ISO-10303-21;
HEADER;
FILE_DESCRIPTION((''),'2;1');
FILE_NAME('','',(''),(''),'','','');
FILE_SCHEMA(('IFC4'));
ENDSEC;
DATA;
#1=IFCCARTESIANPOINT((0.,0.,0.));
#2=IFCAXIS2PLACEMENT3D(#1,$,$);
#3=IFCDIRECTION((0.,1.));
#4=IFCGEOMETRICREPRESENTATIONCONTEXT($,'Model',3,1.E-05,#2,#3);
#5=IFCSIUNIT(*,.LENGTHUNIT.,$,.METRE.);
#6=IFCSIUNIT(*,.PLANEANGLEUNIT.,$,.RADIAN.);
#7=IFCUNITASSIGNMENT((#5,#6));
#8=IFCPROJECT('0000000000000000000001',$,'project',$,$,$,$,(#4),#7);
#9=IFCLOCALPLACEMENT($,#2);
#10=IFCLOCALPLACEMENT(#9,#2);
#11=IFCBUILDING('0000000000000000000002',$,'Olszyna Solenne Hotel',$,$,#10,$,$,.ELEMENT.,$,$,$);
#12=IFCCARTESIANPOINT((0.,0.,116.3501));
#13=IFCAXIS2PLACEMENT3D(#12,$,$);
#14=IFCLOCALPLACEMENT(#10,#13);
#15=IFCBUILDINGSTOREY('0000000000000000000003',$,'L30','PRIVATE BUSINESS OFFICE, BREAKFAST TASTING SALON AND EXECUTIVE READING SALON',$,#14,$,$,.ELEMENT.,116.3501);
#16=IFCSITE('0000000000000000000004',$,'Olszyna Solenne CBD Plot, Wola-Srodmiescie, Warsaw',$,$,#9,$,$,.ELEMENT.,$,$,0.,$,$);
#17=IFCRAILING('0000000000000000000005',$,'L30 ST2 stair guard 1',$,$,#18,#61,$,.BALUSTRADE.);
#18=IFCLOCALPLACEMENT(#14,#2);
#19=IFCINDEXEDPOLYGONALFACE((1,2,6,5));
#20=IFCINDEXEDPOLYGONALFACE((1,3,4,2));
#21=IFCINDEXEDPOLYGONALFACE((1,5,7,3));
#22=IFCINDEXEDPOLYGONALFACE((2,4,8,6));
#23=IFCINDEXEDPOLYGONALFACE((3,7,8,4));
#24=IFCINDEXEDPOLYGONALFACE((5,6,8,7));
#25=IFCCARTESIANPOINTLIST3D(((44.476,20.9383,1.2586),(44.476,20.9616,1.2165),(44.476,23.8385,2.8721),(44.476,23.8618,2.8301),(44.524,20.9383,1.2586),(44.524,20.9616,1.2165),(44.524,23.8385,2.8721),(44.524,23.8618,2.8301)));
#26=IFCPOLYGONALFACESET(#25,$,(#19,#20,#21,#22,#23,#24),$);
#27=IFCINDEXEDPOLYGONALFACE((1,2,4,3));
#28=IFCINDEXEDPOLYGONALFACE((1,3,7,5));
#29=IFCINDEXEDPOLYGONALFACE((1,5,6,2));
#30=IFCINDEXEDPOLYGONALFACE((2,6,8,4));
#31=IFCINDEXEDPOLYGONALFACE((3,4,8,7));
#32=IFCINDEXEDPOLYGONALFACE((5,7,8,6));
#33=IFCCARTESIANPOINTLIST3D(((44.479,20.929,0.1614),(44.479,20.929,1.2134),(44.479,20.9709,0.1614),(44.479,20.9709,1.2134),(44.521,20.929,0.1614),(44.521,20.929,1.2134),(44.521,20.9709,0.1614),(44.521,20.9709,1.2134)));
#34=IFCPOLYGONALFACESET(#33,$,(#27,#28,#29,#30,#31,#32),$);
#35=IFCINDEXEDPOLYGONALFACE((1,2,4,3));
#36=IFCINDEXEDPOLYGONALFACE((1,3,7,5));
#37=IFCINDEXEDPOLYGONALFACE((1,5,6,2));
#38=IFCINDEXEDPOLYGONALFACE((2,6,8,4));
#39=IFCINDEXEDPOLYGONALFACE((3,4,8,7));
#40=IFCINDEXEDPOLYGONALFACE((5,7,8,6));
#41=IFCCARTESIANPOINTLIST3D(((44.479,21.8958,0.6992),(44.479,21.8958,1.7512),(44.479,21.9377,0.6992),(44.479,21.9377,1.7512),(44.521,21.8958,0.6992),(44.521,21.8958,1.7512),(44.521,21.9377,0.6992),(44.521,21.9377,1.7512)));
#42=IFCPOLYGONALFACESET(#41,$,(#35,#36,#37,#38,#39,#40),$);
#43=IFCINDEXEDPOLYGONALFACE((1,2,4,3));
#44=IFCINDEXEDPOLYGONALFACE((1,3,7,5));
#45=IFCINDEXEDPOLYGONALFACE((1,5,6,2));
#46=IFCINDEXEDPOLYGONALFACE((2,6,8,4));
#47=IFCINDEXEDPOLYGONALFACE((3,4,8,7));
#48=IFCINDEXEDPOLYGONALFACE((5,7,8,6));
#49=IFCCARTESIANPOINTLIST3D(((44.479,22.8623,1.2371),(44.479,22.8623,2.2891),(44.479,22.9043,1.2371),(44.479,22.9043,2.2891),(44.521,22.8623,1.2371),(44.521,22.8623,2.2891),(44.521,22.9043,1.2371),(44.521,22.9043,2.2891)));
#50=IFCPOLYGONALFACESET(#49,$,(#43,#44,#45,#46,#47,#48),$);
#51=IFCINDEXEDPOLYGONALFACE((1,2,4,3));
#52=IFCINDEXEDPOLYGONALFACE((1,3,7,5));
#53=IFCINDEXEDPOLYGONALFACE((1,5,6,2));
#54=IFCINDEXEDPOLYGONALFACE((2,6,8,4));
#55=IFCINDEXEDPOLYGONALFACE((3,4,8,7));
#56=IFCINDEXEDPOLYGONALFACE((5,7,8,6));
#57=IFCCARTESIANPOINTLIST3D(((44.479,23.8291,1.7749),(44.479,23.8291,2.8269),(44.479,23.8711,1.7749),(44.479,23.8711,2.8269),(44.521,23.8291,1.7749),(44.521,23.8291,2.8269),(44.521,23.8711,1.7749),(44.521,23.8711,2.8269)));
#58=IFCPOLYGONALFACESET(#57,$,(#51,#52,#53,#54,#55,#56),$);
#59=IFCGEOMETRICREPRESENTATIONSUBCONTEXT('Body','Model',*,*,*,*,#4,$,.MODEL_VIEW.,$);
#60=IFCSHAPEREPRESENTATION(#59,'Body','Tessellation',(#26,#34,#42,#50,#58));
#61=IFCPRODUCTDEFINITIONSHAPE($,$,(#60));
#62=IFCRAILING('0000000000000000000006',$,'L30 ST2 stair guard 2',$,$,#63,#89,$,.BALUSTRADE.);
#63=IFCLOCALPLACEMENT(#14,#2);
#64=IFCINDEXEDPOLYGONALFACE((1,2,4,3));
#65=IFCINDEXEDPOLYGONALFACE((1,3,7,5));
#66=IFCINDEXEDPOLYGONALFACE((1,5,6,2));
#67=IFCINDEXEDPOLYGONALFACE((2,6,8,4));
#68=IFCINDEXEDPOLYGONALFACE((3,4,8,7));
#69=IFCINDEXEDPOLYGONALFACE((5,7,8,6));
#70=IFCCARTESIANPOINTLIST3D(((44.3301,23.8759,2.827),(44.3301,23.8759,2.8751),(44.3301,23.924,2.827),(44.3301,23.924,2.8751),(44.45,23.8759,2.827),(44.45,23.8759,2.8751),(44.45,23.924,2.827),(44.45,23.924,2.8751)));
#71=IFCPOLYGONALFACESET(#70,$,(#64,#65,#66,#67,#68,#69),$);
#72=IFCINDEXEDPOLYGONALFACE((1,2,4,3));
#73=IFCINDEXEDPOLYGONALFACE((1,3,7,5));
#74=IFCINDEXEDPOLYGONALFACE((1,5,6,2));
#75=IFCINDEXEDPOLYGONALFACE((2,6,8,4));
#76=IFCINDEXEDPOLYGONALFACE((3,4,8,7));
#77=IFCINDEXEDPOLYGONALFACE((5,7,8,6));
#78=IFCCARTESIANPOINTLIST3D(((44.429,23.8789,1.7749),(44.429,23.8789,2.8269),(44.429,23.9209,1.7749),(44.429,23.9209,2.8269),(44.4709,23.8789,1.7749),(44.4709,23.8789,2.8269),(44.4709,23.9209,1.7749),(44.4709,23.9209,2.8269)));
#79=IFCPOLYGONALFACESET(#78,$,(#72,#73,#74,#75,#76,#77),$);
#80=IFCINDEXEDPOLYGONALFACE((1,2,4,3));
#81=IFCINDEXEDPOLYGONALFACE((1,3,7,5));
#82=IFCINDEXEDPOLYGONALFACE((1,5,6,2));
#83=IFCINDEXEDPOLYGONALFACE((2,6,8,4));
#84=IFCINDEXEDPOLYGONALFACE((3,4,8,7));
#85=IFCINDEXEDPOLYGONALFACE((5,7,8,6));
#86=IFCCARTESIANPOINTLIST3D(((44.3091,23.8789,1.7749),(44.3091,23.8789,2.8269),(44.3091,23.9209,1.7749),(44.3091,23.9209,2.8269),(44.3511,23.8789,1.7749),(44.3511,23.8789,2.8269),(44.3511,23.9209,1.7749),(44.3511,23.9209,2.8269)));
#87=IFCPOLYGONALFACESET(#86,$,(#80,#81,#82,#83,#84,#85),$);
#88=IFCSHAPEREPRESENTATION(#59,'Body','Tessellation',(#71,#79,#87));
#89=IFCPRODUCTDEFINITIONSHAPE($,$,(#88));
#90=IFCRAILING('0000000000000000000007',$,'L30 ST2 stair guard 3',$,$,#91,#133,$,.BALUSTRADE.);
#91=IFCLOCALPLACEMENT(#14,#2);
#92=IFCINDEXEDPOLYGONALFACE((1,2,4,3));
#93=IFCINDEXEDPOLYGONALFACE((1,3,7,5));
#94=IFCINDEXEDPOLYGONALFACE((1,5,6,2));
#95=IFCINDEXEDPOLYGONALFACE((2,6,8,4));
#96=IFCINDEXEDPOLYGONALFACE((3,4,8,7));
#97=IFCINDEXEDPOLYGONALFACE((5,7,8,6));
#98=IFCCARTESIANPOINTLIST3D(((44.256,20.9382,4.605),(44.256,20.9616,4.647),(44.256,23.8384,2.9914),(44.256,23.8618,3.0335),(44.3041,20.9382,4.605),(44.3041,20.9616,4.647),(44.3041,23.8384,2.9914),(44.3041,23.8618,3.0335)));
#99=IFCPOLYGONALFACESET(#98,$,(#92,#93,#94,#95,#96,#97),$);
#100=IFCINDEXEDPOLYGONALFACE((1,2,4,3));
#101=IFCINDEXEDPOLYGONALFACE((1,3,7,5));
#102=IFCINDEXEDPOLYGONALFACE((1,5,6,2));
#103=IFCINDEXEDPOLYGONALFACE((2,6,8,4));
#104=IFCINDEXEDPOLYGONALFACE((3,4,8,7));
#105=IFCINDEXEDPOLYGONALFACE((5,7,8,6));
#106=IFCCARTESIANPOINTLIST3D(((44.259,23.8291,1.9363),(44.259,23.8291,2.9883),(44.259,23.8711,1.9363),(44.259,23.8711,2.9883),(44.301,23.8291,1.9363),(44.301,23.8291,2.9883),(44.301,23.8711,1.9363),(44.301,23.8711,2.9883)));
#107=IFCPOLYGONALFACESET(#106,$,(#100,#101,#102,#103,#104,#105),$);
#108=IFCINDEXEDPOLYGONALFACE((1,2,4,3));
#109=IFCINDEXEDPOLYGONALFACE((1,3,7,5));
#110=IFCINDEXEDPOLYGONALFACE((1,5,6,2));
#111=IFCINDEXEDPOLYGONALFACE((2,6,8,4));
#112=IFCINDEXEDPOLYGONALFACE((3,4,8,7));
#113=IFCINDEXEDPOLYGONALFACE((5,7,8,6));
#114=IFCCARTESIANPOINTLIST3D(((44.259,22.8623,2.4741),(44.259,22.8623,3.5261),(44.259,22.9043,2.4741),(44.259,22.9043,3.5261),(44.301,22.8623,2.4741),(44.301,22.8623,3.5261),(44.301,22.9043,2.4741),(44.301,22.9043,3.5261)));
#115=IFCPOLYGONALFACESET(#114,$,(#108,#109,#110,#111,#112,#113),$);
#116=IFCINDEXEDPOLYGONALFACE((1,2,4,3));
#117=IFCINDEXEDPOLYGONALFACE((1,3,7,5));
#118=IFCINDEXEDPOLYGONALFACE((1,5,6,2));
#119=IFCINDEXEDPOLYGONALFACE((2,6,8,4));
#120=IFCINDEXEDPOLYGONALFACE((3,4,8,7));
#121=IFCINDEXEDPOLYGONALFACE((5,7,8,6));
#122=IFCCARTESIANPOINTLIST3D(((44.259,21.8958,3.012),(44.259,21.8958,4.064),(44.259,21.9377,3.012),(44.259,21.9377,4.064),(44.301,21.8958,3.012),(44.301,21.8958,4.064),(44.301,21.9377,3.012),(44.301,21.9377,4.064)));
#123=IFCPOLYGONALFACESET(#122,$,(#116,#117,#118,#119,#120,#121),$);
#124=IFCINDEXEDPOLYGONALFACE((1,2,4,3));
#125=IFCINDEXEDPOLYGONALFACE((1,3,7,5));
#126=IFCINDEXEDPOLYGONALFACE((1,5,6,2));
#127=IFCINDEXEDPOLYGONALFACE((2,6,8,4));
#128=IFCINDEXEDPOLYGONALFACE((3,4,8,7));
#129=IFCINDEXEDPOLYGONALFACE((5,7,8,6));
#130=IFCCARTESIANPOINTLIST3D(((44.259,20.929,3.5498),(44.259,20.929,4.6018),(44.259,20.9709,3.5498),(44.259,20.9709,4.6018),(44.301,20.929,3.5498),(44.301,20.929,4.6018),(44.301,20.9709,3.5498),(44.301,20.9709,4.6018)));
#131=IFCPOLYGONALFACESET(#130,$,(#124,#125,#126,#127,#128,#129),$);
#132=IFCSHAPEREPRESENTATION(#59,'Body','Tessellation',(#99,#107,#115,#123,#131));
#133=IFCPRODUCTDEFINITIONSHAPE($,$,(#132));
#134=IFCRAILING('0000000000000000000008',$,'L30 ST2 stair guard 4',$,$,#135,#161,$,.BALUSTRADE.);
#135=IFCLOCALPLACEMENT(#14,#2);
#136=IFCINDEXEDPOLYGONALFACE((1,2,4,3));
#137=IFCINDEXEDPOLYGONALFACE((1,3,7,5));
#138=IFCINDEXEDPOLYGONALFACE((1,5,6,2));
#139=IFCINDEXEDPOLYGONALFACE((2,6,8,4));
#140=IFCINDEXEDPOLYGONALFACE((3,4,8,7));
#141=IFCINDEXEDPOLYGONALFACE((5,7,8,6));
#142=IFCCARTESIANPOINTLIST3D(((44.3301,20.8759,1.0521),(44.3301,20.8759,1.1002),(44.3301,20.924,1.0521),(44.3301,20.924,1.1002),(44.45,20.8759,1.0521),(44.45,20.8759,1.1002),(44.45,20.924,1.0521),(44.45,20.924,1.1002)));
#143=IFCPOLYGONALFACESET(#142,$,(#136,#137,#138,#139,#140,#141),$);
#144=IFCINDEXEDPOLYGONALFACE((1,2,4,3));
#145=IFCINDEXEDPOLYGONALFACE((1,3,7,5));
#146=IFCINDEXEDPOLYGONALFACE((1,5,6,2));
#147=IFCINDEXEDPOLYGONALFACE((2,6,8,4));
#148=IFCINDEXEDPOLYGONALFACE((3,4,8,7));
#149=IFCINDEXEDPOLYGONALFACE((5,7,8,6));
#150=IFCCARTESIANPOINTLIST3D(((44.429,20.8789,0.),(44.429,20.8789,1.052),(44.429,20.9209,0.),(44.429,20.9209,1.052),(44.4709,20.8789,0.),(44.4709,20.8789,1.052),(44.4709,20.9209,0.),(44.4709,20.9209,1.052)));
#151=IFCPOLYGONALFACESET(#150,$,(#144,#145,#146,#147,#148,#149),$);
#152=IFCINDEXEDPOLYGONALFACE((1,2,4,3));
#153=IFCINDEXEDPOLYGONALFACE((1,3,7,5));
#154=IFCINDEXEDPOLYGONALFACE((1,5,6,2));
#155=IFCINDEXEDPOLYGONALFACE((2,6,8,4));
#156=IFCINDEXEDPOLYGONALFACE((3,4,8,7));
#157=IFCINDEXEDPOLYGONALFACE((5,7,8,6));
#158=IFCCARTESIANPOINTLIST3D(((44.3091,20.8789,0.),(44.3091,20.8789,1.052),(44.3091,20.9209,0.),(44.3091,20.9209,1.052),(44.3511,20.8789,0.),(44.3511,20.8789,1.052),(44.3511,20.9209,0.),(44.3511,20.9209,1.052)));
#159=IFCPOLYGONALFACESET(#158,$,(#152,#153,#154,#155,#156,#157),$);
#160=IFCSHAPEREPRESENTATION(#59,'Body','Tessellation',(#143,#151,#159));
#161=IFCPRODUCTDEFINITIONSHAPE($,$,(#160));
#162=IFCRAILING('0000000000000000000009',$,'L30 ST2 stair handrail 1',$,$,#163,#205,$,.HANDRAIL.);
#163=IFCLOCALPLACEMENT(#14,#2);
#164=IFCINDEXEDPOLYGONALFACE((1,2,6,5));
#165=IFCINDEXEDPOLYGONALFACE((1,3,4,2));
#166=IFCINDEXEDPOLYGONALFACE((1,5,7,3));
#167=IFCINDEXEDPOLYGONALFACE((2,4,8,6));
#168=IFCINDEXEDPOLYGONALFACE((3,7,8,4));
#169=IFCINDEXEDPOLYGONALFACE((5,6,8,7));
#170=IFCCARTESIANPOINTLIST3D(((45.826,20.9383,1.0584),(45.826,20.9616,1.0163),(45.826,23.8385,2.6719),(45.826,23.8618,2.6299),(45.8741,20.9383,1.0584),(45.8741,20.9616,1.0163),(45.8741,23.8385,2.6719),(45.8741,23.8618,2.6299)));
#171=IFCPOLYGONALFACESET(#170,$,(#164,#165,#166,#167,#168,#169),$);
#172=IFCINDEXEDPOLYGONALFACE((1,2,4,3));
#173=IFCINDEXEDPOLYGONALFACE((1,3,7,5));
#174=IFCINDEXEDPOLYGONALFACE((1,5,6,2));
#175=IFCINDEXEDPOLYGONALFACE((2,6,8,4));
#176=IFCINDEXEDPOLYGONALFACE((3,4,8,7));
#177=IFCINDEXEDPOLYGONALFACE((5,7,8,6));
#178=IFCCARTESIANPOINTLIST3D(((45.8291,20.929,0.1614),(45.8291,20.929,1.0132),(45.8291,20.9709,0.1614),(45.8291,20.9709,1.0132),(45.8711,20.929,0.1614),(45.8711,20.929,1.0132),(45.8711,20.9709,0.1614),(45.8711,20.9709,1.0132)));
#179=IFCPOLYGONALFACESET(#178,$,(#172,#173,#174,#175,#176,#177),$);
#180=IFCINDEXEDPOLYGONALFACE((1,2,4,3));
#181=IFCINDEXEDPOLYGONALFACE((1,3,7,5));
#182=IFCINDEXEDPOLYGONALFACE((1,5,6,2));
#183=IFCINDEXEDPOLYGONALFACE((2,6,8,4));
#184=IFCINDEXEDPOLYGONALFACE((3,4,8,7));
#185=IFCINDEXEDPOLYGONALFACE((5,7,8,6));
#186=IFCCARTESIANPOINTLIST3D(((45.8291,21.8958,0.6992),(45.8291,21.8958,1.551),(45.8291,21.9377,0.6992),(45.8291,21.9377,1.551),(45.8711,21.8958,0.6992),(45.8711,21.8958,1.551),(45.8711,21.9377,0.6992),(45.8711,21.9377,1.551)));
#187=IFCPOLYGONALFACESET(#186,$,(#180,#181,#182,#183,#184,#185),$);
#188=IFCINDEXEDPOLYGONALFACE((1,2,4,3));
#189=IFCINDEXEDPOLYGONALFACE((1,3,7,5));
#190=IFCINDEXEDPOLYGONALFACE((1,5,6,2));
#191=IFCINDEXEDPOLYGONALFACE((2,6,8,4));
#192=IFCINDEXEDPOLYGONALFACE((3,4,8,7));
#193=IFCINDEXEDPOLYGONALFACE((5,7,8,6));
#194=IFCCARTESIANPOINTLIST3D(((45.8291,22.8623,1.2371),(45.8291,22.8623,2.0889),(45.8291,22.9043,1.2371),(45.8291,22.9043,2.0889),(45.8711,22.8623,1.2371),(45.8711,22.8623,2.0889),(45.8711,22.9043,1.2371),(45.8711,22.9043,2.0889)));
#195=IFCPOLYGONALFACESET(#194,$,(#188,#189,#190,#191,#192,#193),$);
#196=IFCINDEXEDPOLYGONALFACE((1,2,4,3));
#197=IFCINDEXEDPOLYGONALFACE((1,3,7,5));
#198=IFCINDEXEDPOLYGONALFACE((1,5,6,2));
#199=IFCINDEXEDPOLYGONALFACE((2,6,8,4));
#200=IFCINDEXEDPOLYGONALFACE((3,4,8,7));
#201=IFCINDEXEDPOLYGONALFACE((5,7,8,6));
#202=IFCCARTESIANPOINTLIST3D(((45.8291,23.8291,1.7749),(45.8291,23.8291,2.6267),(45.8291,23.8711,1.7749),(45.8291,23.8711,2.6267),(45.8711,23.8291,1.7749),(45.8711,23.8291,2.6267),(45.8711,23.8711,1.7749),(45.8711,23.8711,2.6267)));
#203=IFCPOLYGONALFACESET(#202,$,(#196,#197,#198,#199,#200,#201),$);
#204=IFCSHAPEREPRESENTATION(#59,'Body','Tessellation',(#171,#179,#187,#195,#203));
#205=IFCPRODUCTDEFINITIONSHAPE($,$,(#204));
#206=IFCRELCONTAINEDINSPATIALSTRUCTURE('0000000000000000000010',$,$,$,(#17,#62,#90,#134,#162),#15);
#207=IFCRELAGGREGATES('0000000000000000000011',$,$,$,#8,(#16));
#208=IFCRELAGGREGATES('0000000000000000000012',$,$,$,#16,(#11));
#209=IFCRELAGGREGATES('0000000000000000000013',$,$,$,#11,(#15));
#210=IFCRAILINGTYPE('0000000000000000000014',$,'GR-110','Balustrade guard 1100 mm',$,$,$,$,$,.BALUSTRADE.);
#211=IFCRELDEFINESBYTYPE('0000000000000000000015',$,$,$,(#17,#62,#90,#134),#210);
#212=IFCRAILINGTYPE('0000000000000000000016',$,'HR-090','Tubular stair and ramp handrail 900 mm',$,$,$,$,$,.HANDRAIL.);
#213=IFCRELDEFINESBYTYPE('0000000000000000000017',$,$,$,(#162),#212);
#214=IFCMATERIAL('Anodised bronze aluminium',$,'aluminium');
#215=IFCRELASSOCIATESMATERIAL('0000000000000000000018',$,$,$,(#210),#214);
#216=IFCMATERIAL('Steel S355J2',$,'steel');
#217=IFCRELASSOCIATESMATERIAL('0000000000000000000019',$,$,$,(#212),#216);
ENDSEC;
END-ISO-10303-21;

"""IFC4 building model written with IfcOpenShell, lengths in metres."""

from ifc_helpers import new_model, si_unit, direction, frame, origin, origin_2d, place, context, subcontext, project, spatial, rectangle, extrude, material, type_object, element, save


model = new_model("IFC4")

# Units and contexts
model_context = context("Model", 3, precision=1e-05, world=origin(), true_north=direction((0.0, 1.0)))
body_context = subcontext(model_context, "Body", "Model", "MODEL_VIEW")
ifc_project = project(units=[si_unit("LENGTHUNIT", "METRE"), si_unit("PLANEANGLEUNIT", "RADIAN")], contexts=[model_context])

# Site, building, storey
site_placement = place(None, origin())
site = spatial("IfcSite", under=ifc_project, at=site_placement, Name="Olszyna Solenne CBD Plot, Wola-Srodmiescie, Warsaw", CompositionType="ELEMENT", RefElevation=0.0)
building_placement = place(site_placement, origin())
building = spatial("IfcBuilding", under=site, at=building_placement, Name="Olszyna Solenne Hotel", CompositionType="ELEMENT")
storey_placement = place(building_placement, frame((0.0, 0.0, 116.3501)))
storey = spatial("IfcBuildingStorey", under=building, at=storey_placement, Name="L30", Description="PRIVATE BUSINESS OFFICE, BREAKFAST TASTING SALON AND EXECUTIVE READING SALON", CompositionType="ELEMENT", Elevation=116.3501)

# Shared definitions
ifc_material_1 = material(Name="Steel S355J2", Category="steel")

# Shared definitions
ifc_material_2 = material(Name="Anodised bronze aluminium", Category="aluminium")

# Railings
railing_type_1 = type_object("IfcRailingType", Name="GR-110", Description="Balustrade guard 1100 mm", PredefinedType="BALUSTRADE", material=ifc_material_2)
railing_1_placement = place(storey_placement, frame((44.5, 20.95, 0.1614)))
element("IfcRailing", 1, at=railing_1_placement, inside=storey, type_object=railing_type_1, Name="L30 ST2 stair guard 1", PredefinedType="BALUSTRADE", context=body_context, shape_type="SweptSolid", body=[
    extrude(rectangle(XDim=0.0481, YDim=0.0481, at=origin_2d()), frame((0.0, 0.0, 1.0762), z_axis=(0.0, 0.873859, 0.48618), x_axis=(-1.0, 0.0, 0.0)), (0.0, 0.0, 1.0), 3.3188),
    extrude(rectangle(XDim=0.042, YDim=0.042, at=origin_2d()), origin(), (0.0, 0.0, 1.0), 1.052),
    extrude(rectangle(XDim=0.042, YDim=0.042, at=origin_2d()), frame((0.0, 0.9668, 0.5378)), (0.0, 0.0, 1.0), 1.052),
    extrude(rectangle(XDim=0.042, YDim=0.042, at=origin_2d()), frame((0.0, 1.9333, 1.0757)), (0.0, 0.0, 1.0), 1.052),
    extrude(rectangle(XDim=0.042, YDim=0.042, at=origin_2d()), frame((0.0, 2.9001, 1.6135)), (0.0, 0.0, 1.0), 1.052),
])
railing_2_placement = place(storey_placement, frame((44.45, 23.8999, 1.7749)))
element("IfcRailing", 2, at=railing_2_placement, inside=storey, type_object=railing_type_1, Name="L30 ST2 stair guard 2", PredefinedType="BALUSTRADE", context=body_context, shape_type="SweptSolid", body=[
    extrude(rectangle(XDim=0.0481, YDim=0.0481, at=origin_2d()), frame((0.0, 0.0, 1.0762), z_axis=(-1.0, 0.0, 0.0), x_axis=(0.0, -1.0, 0.0)), (0.0, 0.0, 1.0), 0.1199),
    extrude(rectangle(XDim=0.042, YDim=0.042, at=origin_2d()), origin(), (0.0, 0.0, 1.0), 1.052),
    extrude(rectangle(XDim=0.042, YDim=0.042, at=origin_2d()), frame((-0.1199, 0.0, 0.0)), (0.0, 0.0, 1.0), 1.052),
])
railing_3_placement = place(storey_placement, frame((44.28, 23.8501, 1.9363)))
element("IfcRailing", 3, at=railing_3_placement, inside=storey, type_object=railing_type_1, Name="L30 ST2 stair guard 3", PredefinedType="BALUSTRADE", context=body_context, shape_type="SweptSolid", body=[
    extrude(rectangle(XDim=0.0481, YDim=0.0481, at=origin_2d()), frame((0.0, 0.0, 1.0762), z_axis=(0.0, -0.873859, 0.48618), x_axis=(1.0, 0.0, 0.0)), (0.0, 0.0, 1.0), 3.3188),
    extrude(rectangle(XDim=0.042, YDim=0.042, at=origin_2d()), origin(), (0.0, 0.0, 1.0), 1.052),
    extrude(rectangle(XDim=0.042, YDim=0.042, at=origin_2d()), frame((0.0, -0.9668, 0.5378)), (0.0, 0.0, 1.0), 1.052),
    extrude(rectangle(XDim=0.042, YDim=0.042, at=origin_2d()), frame((0.0, -1.9333, 1.0757)), (0.0, 0.0, 1.0), 1.052),
    extrude(rectangle(XDim=0.042, YDim=0.042, at=origin_2d()), frame((0.0, -2.9001, 1.6135)), (0.0, 0.0, 1.0), 1.052),
])
railing_4_placement = place(storey_placement, frame((44.45, 20.8999, 0.0)))
element("IfcRailing", 4, at=railing_4_placement, inside=storey, type_object=railing_type_1, Name="L30 ST2 stair guard 4", PredefinedType="BALUSTRADE", context=body_context, shape_type="SweptSolid", body=[
    extrude(rectangle(XDim=0.0481, YDim=0.0481, at=origin_2d()), frame((0.0, 0.0, 1.0762), z_axis=(-1.0, 0.0, 0.0), x_axis=(0.0, -1.0, 0.0)), (0.0, 0.0, 1.0), 0.1199),
    extrude(rectangle(XDim=0.042, YDim=0.042, at=origin_2d()), origin(), (0.0, 0.0, 1.0), 1.052),
    extrude(rectangle(XDim=0.042, YDim=0.042, at=origin_2d()), frame((-0.1199, 0.0, 0.0)), (0.0, 0.0, 1.0), 1.052),
])
railing_type_2 = type_object("IfcRailingType", Name="HR-090", Description="Tubular stair and ramp handrail 900 mm", PredefinedType="HANDRAIL", material=ifc_material_1)
railing_5_placement = place(storey_placement, frame((45.8501, 20.95, 0.1614)))
element("IfcRailing", 5, at=railing_5_placement, inside=storey, type_object=railing_type_2, Name="L30 ST2 stair handrail 1", PredefinedType="HANDRAIL", context=body_context, shape_type="SweptSolid", body=[
    extrude(rectangle(XDim=0.0481, YDim=0.0481, at=origin_2d()), frame((0.0, 0.0, 0.876), z_axis=(0.0, 0.873859, 0.48618), x_axis=(-1.0, 0.0, 0.0)), (0.0, 0.0, 1.0), 3.3188),
    extrude(rectangle(XDim=0.042, YDim=0.042, at=origin_2d()), origin(), (0.0, 0.0, 1.0), 0.8518),
    extrude(rectangle(XDim=0.042, YDim=0.042, at=origin_2d()), frame((0.0, 0.9668, 0.5378)), (0.0, 0.0, 1.0), 0.8518),
    extrude(rectangle(XDim=0.042, YDim=0.042, at=origin_2d()), frame((0.0, 1.9333, 1.0757)), (0.0, 0.0, 1.0), 0.8518),
    extrude(rectangle(XDim=0.042, YDim=0.042, at=origin_2d()), frame((0.0, 2.9001, 1.6135)), (0.0, 0.0, 1.0), 0.8518),
])

save(model, "model.ifc")
